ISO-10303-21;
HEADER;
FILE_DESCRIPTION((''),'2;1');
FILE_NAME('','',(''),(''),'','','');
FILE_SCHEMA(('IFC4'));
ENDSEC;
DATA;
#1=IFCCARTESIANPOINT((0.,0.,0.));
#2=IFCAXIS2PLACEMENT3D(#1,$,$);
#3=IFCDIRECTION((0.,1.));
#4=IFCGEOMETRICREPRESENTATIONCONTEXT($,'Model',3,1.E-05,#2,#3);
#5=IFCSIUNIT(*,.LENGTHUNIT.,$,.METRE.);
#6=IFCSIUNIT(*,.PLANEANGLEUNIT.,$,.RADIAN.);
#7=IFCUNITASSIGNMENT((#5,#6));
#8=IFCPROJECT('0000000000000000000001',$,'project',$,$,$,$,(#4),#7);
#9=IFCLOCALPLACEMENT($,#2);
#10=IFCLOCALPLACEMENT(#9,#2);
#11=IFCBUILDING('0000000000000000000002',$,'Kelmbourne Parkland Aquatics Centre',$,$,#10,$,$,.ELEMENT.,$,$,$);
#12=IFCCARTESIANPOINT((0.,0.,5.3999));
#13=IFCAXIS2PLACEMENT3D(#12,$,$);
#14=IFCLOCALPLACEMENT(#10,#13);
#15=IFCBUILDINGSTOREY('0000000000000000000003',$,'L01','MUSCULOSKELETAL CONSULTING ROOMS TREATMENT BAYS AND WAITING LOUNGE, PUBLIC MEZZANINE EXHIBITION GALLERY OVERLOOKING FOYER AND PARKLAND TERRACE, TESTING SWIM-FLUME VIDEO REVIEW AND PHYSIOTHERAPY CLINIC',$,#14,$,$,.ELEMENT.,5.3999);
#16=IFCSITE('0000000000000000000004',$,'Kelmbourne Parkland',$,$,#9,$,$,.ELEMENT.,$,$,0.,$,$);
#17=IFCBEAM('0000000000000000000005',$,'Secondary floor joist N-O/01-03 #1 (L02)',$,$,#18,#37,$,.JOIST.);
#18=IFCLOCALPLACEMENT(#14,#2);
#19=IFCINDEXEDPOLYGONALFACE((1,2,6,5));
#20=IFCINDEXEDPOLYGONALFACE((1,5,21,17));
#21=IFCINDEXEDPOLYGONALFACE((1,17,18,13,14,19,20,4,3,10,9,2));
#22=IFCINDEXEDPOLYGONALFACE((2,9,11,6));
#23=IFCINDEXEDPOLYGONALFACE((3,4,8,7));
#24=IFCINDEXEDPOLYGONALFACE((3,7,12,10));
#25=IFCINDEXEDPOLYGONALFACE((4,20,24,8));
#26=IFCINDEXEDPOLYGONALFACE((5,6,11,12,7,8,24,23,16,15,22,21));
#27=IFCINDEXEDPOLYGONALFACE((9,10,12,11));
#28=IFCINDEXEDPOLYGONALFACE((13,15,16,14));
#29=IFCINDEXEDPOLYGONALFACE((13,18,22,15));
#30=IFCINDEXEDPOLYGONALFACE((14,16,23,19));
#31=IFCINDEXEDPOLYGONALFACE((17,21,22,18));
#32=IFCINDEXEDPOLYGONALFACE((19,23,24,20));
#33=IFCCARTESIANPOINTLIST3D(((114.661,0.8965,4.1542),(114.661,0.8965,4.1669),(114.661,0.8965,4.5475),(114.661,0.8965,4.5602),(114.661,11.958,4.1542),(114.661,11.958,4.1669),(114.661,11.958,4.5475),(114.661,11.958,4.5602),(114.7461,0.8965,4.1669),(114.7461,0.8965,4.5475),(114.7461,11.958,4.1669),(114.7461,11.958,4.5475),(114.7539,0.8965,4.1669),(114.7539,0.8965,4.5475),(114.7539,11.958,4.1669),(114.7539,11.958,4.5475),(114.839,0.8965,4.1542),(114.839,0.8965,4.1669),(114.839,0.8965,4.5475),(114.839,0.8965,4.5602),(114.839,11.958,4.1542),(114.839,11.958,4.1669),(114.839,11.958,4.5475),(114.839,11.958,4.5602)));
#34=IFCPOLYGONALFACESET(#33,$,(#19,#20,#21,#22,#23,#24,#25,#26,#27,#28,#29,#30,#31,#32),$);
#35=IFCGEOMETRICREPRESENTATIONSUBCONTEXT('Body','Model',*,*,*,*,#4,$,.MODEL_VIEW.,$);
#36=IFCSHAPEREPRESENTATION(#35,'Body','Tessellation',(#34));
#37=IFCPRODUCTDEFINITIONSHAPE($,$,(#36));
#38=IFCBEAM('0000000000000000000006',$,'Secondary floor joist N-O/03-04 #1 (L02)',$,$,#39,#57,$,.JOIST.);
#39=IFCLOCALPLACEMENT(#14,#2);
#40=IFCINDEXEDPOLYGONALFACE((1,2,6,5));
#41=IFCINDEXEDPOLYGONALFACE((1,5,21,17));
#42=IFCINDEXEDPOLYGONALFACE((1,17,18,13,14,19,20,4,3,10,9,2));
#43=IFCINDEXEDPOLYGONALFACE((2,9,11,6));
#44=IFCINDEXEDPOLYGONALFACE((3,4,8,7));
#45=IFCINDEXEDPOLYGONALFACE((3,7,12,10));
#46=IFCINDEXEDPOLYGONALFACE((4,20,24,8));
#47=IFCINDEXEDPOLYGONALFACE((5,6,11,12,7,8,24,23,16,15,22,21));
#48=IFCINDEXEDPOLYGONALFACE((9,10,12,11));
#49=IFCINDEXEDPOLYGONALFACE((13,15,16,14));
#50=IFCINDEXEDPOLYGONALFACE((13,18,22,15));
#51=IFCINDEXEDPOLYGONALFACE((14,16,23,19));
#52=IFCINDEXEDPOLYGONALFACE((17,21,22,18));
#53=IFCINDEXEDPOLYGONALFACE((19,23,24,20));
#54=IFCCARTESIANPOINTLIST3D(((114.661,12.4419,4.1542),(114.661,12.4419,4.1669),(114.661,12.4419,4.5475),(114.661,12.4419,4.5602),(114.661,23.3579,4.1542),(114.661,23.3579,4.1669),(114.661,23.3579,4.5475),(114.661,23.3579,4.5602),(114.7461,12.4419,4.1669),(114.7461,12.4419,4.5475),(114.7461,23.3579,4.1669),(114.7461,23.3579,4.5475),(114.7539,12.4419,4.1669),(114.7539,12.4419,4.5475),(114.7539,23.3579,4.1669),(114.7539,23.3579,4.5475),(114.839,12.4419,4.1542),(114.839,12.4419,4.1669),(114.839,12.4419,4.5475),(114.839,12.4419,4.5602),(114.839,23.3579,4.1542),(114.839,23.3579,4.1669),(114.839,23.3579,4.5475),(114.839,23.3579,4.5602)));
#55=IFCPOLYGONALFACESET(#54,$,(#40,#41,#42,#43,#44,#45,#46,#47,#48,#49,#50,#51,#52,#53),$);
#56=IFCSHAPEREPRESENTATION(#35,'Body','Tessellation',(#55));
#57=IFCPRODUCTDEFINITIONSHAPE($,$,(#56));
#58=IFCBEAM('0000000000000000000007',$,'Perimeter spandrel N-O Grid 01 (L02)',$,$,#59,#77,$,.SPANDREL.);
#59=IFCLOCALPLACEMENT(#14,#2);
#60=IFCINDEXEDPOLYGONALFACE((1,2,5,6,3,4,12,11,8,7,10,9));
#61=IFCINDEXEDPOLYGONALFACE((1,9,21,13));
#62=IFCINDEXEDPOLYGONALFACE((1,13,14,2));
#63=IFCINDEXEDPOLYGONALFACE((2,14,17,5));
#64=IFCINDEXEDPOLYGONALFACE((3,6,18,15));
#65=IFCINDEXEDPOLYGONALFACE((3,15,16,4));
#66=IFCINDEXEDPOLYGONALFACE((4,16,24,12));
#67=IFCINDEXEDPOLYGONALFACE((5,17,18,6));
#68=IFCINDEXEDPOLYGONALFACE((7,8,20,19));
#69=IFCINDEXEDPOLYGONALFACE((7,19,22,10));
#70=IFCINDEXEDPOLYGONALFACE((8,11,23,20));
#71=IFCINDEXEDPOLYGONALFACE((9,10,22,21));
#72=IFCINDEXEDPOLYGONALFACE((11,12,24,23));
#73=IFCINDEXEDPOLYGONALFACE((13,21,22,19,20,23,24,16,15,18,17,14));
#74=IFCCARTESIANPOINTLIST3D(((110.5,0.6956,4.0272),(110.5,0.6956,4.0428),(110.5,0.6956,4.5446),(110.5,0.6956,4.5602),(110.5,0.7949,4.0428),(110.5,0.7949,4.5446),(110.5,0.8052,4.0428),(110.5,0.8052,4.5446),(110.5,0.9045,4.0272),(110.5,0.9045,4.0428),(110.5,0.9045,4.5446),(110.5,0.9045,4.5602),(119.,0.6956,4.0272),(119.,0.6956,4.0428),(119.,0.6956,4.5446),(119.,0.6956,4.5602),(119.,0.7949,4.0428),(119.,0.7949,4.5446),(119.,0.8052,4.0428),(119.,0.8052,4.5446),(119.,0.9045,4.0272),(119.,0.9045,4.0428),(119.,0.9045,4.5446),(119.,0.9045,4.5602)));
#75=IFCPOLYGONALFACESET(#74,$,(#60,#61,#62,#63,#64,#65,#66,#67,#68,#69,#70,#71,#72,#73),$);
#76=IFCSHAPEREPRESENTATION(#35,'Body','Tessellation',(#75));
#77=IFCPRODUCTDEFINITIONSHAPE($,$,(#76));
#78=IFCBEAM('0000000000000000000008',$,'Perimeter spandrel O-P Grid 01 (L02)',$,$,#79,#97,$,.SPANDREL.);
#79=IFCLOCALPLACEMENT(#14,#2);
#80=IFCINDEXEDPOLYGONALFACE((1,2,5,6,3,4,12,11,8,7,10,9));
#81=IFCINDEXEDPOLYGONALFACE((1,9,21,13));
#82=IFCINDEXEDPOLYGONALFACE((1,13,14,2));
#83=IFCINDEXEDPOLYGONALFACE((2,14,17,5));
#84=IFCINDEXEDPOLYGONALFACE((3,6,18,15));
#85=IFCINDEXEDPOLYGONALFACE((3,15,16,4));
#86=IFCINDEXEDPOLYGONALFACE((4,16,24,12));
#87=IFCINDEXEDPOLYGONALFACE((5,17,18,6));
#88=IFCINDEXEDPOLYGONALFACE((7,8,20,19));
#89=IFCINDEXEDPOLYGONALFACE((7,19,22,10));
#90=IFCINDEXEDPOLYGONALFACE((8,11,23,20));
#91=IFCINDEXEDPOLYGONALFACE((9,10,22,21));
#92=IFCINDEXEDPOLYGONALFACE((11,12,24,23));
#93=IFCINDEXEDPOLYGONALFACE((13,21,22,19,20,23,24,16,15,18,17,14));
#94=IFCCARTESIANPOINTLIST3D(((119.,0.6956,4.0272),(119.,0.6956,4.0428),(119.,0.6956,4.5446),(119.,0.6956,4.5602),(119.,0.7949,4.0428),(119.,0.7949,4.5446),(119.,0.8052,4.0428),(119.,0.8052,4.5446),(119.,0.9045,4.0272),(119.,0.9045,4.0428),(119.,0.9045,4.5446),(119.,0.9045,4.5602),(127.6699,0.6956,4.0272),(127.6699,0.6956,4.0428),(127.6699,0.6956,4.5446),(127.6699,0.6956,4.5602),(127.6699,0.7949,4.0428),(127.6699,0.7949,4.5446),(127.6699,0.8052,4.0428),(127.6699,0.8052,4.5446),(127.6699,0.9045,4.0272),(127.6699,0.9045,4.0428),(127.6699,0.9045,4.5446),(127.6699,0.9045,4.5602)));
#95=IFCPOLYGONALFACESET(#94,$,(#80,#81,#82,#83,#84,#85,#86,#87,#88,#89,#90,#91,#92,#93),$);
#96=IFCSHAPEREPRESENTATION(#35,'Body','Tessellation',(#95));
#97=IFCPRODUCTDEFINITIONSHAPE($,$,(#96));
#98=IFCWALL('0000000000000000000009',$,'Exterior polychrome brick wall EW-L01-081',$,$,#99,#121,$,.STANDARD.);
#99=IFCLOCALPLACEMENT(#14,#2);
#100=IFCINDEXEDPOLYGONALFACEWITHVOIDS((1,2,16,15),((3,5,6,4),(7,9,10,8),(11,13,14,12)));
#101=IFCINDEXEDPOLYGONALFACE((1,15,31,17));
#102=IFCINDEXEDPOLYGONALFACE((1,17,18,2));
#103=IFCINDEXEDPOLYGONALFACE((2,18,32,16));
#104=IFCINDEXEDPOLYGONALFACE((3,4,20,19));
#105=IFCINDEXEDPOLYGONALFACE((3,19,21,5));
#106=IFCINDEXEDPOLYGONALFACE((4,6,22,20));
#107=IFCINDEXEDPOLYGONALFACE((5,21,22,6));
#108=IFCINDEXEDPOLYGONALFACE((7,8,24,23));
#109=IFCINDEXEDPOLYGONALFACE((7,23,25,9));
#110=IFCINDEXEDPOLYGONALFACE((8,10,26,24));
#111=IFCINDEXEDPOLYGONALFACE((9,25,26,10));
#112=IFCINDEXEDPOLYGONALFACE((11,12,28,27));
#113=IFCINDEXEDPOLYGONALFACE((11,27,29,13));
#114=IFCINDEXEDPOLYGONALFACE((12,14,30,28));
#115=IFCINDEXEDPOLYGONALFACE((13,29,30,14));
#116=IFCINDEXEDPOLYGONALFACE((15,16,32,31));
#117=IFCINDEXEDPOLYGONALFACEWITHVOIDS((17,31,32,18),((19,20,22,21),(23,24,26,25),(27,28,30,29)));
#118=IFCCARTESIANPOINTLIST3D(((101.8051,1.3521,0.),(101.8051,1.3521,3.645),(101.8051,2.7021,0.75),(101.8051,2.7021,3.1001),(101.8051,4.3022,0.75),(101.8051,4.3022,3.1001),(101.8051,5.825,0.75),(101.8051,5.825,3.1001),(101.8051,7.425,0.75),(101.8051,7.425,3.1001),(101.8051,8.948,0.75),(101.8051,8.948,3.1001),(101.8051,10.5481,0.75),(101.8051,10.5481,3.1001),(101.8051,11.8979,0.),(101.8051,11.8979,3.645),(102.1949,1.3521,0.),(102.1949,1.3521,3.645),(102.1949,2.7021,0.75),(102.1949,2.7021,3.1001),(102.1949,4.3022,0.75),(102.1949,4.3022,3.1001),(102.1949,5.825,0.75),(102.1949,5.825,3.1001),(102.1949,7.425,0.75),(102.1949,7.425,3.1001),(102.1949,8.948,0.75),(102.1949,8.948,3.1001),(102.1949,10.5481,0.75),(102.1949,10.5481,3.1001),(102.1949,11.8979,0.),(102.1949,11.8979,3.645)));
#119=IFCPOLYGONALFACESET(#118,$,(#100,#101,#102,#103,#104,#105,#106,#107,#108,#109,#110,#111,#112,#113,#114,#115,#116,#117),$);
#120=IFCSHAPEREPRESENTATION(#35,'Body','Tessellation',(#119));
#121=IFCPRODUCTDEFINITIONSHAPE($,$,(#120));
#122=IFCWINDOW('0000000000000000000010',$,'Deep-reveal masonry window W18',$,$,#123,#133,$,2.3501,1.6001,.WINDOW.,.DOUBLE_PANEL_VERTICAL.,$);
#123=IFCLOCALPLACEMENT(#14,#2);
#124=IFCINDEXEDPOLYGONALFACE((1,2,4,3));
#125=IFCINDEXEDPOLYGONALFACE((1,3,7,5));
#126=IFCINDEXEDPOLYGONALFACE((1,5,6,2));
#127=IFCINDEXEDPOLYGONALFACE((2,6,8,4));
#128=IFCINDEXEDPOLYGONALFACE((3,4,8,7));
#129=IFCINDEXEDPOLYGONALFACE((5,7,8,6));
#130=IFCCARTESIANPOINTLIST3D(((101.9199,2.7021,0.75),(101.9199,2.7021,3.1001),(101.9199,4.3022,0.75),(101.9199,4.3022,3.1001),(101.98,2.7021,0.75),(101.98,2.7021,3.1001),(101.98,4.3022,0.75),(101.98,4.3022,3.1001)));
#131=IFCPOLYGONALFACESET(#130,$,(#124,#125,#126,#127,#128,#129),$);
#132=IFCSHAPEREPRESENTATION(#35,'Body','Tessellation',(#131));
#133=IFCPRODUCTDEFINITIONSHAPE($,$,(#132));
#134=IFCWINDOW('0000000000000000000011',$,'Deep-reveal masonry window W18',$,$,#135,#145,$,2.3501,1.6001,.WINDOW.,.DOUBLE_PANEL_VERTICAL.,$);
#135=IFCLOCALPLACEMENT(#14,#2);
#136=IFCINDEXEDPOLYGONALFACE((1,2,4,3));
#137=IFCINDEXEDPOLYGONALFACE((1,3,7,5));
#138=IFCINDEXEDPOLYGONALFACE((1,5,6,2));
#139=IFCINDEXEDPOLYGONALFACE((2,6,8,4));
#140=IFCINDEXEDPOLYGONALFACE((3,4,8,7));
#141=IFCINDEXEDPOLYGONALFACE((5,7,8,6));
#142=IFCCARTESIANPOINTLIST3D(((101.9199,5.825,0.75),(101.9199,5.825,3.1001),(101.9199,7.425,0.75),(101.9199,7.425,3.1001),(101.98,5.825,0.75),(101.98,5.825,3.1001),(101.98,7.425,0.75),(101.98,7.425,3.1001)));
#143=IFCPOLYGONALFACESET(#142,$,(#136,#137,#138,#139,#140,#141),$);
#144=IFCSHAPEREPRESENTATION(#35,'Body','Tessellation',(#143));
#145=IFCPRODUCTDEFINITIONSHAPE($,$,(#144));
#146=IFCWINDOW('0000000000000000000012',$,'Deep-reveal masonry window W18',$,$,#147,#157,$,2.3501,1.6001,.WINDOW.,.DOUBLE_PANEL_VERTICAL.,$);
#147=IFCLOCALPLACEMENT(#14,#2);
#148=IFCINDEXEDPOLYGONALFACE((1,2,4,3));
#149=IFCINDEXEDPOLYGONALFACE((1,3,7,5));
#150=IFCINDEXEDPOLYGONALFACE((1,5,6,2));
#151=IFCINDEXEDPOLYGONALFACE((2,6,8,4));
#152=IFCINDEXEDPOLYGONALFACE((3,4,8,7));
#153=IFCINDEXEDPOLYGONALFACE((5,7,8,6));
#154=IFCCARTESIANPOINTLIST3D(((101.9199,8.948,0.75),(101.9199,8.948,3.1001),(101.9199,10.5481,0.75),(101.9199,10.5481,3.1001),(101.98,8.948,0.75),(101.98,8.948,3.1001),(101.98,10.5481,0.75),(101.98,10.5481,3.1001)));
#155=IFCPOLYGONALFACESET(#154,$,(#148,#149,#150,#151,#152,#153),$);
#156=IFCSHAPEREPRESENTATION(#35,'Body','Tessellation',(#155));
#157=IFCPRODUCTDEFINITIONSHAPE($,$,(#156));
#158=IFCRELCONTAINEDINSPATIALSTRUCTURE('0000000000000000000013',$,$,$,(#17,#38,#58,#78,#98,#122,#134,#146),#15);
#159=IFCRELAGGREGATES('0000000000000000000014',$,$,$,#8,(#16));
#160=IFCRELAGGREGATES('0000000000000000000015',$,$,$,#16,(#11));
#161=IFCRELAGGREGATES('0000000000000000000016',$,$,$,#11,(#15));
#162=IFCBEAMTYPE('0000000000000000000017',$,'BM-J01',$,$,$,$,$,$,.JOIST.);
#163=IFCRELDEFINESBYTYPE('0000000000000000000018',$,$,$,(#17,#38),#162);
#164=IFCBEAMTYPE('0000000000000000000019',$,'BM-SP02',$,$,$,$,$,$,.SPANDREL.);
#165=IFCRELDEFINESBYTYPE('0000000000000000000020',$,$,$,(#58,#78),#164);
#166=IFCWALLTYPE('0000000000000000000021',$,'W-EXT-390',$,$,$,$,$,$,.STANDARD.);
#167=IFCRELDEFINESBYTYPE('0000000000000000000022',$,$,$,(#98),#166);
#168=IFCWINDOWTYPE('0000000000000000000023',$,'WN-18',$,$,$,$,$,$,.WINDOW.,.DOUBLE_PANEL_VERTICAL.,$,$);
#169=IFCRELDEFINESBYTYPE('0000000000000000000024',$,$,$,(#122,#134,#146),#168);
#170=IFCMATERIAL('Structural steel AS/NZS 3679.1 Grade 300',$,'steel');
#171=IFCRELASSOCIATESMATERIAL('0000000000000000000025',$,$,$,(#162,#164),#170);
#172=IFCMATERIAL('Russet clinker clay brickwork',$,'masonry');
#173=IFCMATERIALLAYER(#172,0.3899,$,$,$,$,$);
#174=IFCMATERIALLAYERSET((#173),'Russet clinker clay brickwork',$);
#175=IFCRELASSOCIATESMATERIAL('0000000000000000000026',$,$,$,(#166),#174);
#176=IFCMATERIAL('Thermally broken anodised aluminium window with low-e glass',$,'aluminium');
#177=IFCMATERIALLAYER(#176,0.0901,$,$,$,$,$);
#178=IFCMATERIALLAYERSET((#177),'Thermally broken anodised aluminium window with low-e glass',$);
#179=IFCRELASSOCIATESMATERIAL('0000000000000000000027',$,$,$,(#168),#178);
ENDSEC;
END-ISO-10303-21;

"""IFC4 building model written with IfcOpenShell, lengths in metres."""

from ifc_helpers import new_model, si_unit, direction, frame, frame_2d, origin, origin_2d, place, context, subcontext, project, spatial, rectangle, i_section, extrude, material, layer, layer_set, material_profile, profile_set, type_object, element, fill, save


model = new_model("IFC4")

# Units and contexts
model_context = context("Model", 3, precision=1e-05, world=origin(), true_north=direction((0.0, 1.0)))
body_context = subcontext(model_context, "Body", "Model", "MODEL_VIEW")
ifc_project = project(units=[si_unit("LENGTHUNIT", "METRE"), si_unit("PLANEANGLEUNIT", "RADIAN")], contexts=[model_context])

# Site, building, storey
site_placement = place(None, origin())
site = spatial("IfcSite", under=ifc_project, at=site_placement, Name="Kelmbourne Parkland", CompositionType="ELEMENT", RefElevation=0.0)
building_placement = place(site_placement, origin())
building = spatial("IfcBuilding", under=site, at=building_placement, Name="Kelmbourne Parkland Aquatics Centre", CompositionType="ELEMENT")
storey_placement = place(building_placement, frame((0.0, 0.0, 5.3999)))
storey = spatial("IfcBuildingStorey", under=building, at=storey_placement, Name="L01", Description="MUSCULOSKELETAL CONSULTING ROOMS TREATMENT BAYS AND WAITING LOUNGE, PUBLIC MEZZANINE EXHIBITION GALLERY OVERLOOKING FOYER AND PARKLAND TERRACE, TESTING SWIM-FLUME VIDEO REVIEW AND PHYSIOTHERAPY CLINIC", CompositionType="ELEMENT", Elevation=5.3999)

# Beams
ifc_material_1 = material(Name="Structural steel AS/NZS 3679.1 Grade 300", Category="steel")
ifc_material_profile_1 = material_profile(ifc_material_1, i_section(OverallWidth=0.178, OverallDepth=0.406, WebThickness=0.0078, FlangeThickness=0.0127, at=origin_2d()), Name="410UB59.7")
ifc_profile_set_1 = profile_set([ifc_material_profile_1], Name="Structural steel AS/NZS 3679.1 Grade 300")
beam_type_1 = type_object("IfcBeamType", Name="BM-J01", PredefinedType="JOIST", material=ifc_profile_set_1)
beam_1_placement = place(storey_placement, frame((114.75, 0.8965, 4.3572), z_axis=(0.0, 1.0, 0.0), x_axis=(-1.0, 0.0, 0.0)))
element("IfcBeam", 1, at=beam_1_placement, inside=storey, type_object=beam_type_1, Name="Secondary floor joist N-O/01-03 #1 (L02)", PredefinedType="JOIST", context=body_context, shape_type="SweptSolid", body=[
    extrude(i_section(OverallWidth=0.178, OverallDepth=0.406, WebThickness=0.0078, FlangeThickness=0.0127, at=origin_2d()), origin(), (0.0, 0.0, 1.0), 11.0615),
])
beam_2_placement = place(storey_placement, frame((114.75, 12.4419, 4.3572), z_axis=(0.0, 1.0, 0.0), x_axis=(-1.0, 0.0, 0.0)))
element("IfcBeam", 2, at=beam_2_placement, inside=storey, type_object=beam_type_1, Name="Secondary floor joist N-O/03-04 #1 (L02)", PredefinedType="JOIST", context=body_context, shape_type="SweptSolid", body=[
    extrude(i_section(OverallWidth=0.178, OverallDepth=0.406, WebThickness=0.0078, FlangeThickness=0.0127, at=origin_2d()), origin(), (0.0, 0.0, 1.0), 10.916),
])
ifc_material_profile_2 = material_profile(ifc_material_1, i_section(OverallWidth=0.209, OverallDepth=0.533, WebThickness=0.0103, FlangeThickness=0.0156, at=origin_2d()), Name="530UB92.4")
ifc_profile_set_2 = profile_set([ifc_material_profile_2], Name="Structural steel AS/NZS 3679.1 Grade 300")
beam_type_2 = type_object("IfcBeamType", Name="BM-SP02", PredefinedType="SPANDREL", material=ifc_profile_set_2)
beam_3_placement = place(storey_placement, frame((110.5, 0.8, 4.2937), z_axis=(1.0, 0.0, 0.0), x_axis=(0.0, 1.0, 0.0)))
element("IfcBeam", 3, at=beam_3_placement, inside=storey, type_object=beam_type_2, Name="Perimeter spandrel N-O Grid 01 (L02)", PredefinedType="SPANDREL", context=body_context, shape_type="SweptSolid", body=[
    extrude(i_section(OverallWidth=0.209, OverallDepth=0.533, WebThickness=0.0103, FlangeThickness=0.0156, at=origin_2d()), origin(), (0.0, 0.0, 1.0), 8.5),
])
beam_4_placement = place(storey_placement, frame((119.0, 0.8, 4.2937), z_axis=(1.0, 0.0, 0.0), x_axis=(0.0, 1.0, 0.0)))
element("IfcBeam", 4, at=beam_4_placement, inside=storey, type_object=beam_type_2, Name="Perimeter spandrel O-P Grid 01 (L02)", PredefinedType="SPANDREL", context=body_context, shape_type="SweptSolid", body=[
    extrude(i_section(OverallWidth=0.209, OverallDepth=0.533, WebThickness=0.0103, FlangeThickness=0.0156, at=origin_2d()), origin(), (0.0, 0.0, 1.0), 8.6699),
])

# Wall, openings, windows
ifc_material_2 = material(Name="Russet clinker clay brickwork", Category="masonry")
ifc_layer_1 = layer(ifc_material_2, 0.3899)
ifc_layer_set_1 = layer_set([ifc_layer_1], Name="Russet clinker clay brickwork")
wall_type = type_object("IfcWallType", Name="W-EXT-390", PredefinedType="STANDARD", material=ifc_layer_set_1)
wall_placement = place(storey_placement, frame((102.0, 1.3521, 0.0), z_axis=(0.0, 0.0, 1.0), x_axis=(0.0, 1.0, 0.0)))
wall = element("IfcWall", 5, at=wall_placement, inside=storey, type_object=wall_type, Name="Exterior polychrome brick wall EW-L01-081", PredefinedType="STANDARD", context=body_context, shape_type="SweptSolid", body=[
    extrude(rectangle(XDim=10.5459, YDim=0.3899, at=frame_2d((5.2729, 0.0))), origin(), (0.0, 0.0, 1.0), 3.645),
])
opening_1_placement = place(wall_placement, frame((1.3501, 0.0, 0.75)))
opening_1 = element("IfcOpeningElement", 6, at=opening_1_placement, cuts=wall, PredefinedType="OPENING", context=body_context, shape_type="SweptSolid", body=[
    extrude(rectangle(XDim=1.6001, YDim=2.3501, at=frame_2d((0.8, 1.175))), frame((0.0, 0.207, 0.0), z_axis=(0.0, -1.0, 0.0), x_axis=(1.0, 0.0, 0.0)), (0.0, 0.0, 1.0), 0.4138),
])
opening_2_placement = place(wall_placement, frame((4.4729, 0.0, 0.75)))
opening_2 = element("IfcOpeningElement", 7, at=opening_2_placement, cuts=wall, PredefinedType="OPENING", context=body_context, shape_type="SweptSolid", body=[
    extrude(rectangle(XDim=1.6001, YDim=2.3501, at=frame_2d((0.8, 1.175))), frame((0.0, 0.207, 0.0), z_axis=(0.0, -1.0, 0.0), x_axis=(1.0, 0.0, 0.0)), (0.0, 0.0, 1.0), 0.4138),
])
opening_3_placement = place(wall_placement, frame((7.5959, 0.0, 0.75)))
opening_3 = element("IfcOpeningElement", 8, at=opening_3_placement, cuts=wall, PredefinedType="OPENING", context=body_context, shape_type="SweptSolid", body=[
    extrude(rectangle(XDim=1.6001, YDim=2.3501, at=frame_2d((0.8, 1.175))), frame((0.0, 0.207, 0.0), z_axis=(0.0, -1.0, 0.0), x_axis=(1.0, 0.0, 0.0)), (0.0, 0.0, 1.0), 0.4138),
])
ifc_material_3 = material(Name="Thermally broken anodised aluminium window with low-e glass", Category="aluminium")
ifc_layer_2 = layer(ifc_material_3, 0.0901)
ifc_layer_set_2 = layer_set([ifc_layer_2], Name="Thermally broken anodised aluminium window with low-e glass")
window_type = type_object("IfcWindowType", Name="WN-18", PartitioningType="DOUBLE_PANEL_VERTICAL", PredefinedType="WINDOW", material=ifc_layer_set_2)
window_1_placement = place(opening_1_placement, origin())
window_1 = element("IfcWindow", 9, at=window_1_placement, inside=storey, type_object=window_type, Name="Deep-reveal masonry window W18", OverallHeight=2.3501, OverallWidth=1.6001, PartitioningType="DOUBLE_PANEL_VERTICAL", PredefinedType="WINDOW", context=body_context, shape_type="SweptSolid", body=[
    extrude(rectangle(XDim=1.6001, YDim=2.3501, at=frame_2d((0.8, 1.175))), frame((0.0, 0.0801, 0.0), z_axis=(0.0, -1.0, 0.0), x_axis=(1.0, 0.0, 0.0)), (0.0, 0.0, 1.0), 0.0601),
])
fill(opening_1, window_1)
window_2_placement = place(opening_2_placement, origin())
window_2 = element("IfcWindow", 10, at=window_2_placement, inside=storey, type_object=window_type, Name="Deep-reveal masonry window W18", OverallHeight=2.3501, OverallWidth=1.6001, PartitioningType="DOUBLE_PANEL_VERTICAL", PredefinedType="WINDOW", context=body_context, shape_type="SweptSolid", body=[
    extrude(rectangle(XDim=1.6001, YDim=2.3501, at=frame_2d((0.8, 1.175))), frame((0.0, 0.0801, 0.0), z_axis=(0.0, -1.0, 0.0), x_axis=(1.0, 0.0, 0.0)), (0.0, 0.0, 1.0), 0.0601),
])
fill(opening_2, window_2)
window_3_placement = place(opening_3_placement, origin())
window_3 = element("IfcWindow", 11, at=window_3_placement, inside=storey, type_object=window_type, Name="Deep-reveal masonry window W18", OverallHeight=2.3501, OverallWidth=1.6001, PartitioningType="DOUBLE_PANEL_VERTICAL", PredefinedType="WINDOW", context=body_context, shape_type="SweptSolid", body=[
    extrude(rectangle(XDim=1.6001, YDim=2.3501, at=frame_2d((0.8, 1.175))), frame((0.0, 0.0801, 0.0), z_axis=(0.0, -1.0, 0.0), x_axis=(1.0, 0.0, 0.0)), (0.0, 0.0, 1.0), 0.0601),
])
fill(opening_3, window_3)

save(model, "model.ifc")
